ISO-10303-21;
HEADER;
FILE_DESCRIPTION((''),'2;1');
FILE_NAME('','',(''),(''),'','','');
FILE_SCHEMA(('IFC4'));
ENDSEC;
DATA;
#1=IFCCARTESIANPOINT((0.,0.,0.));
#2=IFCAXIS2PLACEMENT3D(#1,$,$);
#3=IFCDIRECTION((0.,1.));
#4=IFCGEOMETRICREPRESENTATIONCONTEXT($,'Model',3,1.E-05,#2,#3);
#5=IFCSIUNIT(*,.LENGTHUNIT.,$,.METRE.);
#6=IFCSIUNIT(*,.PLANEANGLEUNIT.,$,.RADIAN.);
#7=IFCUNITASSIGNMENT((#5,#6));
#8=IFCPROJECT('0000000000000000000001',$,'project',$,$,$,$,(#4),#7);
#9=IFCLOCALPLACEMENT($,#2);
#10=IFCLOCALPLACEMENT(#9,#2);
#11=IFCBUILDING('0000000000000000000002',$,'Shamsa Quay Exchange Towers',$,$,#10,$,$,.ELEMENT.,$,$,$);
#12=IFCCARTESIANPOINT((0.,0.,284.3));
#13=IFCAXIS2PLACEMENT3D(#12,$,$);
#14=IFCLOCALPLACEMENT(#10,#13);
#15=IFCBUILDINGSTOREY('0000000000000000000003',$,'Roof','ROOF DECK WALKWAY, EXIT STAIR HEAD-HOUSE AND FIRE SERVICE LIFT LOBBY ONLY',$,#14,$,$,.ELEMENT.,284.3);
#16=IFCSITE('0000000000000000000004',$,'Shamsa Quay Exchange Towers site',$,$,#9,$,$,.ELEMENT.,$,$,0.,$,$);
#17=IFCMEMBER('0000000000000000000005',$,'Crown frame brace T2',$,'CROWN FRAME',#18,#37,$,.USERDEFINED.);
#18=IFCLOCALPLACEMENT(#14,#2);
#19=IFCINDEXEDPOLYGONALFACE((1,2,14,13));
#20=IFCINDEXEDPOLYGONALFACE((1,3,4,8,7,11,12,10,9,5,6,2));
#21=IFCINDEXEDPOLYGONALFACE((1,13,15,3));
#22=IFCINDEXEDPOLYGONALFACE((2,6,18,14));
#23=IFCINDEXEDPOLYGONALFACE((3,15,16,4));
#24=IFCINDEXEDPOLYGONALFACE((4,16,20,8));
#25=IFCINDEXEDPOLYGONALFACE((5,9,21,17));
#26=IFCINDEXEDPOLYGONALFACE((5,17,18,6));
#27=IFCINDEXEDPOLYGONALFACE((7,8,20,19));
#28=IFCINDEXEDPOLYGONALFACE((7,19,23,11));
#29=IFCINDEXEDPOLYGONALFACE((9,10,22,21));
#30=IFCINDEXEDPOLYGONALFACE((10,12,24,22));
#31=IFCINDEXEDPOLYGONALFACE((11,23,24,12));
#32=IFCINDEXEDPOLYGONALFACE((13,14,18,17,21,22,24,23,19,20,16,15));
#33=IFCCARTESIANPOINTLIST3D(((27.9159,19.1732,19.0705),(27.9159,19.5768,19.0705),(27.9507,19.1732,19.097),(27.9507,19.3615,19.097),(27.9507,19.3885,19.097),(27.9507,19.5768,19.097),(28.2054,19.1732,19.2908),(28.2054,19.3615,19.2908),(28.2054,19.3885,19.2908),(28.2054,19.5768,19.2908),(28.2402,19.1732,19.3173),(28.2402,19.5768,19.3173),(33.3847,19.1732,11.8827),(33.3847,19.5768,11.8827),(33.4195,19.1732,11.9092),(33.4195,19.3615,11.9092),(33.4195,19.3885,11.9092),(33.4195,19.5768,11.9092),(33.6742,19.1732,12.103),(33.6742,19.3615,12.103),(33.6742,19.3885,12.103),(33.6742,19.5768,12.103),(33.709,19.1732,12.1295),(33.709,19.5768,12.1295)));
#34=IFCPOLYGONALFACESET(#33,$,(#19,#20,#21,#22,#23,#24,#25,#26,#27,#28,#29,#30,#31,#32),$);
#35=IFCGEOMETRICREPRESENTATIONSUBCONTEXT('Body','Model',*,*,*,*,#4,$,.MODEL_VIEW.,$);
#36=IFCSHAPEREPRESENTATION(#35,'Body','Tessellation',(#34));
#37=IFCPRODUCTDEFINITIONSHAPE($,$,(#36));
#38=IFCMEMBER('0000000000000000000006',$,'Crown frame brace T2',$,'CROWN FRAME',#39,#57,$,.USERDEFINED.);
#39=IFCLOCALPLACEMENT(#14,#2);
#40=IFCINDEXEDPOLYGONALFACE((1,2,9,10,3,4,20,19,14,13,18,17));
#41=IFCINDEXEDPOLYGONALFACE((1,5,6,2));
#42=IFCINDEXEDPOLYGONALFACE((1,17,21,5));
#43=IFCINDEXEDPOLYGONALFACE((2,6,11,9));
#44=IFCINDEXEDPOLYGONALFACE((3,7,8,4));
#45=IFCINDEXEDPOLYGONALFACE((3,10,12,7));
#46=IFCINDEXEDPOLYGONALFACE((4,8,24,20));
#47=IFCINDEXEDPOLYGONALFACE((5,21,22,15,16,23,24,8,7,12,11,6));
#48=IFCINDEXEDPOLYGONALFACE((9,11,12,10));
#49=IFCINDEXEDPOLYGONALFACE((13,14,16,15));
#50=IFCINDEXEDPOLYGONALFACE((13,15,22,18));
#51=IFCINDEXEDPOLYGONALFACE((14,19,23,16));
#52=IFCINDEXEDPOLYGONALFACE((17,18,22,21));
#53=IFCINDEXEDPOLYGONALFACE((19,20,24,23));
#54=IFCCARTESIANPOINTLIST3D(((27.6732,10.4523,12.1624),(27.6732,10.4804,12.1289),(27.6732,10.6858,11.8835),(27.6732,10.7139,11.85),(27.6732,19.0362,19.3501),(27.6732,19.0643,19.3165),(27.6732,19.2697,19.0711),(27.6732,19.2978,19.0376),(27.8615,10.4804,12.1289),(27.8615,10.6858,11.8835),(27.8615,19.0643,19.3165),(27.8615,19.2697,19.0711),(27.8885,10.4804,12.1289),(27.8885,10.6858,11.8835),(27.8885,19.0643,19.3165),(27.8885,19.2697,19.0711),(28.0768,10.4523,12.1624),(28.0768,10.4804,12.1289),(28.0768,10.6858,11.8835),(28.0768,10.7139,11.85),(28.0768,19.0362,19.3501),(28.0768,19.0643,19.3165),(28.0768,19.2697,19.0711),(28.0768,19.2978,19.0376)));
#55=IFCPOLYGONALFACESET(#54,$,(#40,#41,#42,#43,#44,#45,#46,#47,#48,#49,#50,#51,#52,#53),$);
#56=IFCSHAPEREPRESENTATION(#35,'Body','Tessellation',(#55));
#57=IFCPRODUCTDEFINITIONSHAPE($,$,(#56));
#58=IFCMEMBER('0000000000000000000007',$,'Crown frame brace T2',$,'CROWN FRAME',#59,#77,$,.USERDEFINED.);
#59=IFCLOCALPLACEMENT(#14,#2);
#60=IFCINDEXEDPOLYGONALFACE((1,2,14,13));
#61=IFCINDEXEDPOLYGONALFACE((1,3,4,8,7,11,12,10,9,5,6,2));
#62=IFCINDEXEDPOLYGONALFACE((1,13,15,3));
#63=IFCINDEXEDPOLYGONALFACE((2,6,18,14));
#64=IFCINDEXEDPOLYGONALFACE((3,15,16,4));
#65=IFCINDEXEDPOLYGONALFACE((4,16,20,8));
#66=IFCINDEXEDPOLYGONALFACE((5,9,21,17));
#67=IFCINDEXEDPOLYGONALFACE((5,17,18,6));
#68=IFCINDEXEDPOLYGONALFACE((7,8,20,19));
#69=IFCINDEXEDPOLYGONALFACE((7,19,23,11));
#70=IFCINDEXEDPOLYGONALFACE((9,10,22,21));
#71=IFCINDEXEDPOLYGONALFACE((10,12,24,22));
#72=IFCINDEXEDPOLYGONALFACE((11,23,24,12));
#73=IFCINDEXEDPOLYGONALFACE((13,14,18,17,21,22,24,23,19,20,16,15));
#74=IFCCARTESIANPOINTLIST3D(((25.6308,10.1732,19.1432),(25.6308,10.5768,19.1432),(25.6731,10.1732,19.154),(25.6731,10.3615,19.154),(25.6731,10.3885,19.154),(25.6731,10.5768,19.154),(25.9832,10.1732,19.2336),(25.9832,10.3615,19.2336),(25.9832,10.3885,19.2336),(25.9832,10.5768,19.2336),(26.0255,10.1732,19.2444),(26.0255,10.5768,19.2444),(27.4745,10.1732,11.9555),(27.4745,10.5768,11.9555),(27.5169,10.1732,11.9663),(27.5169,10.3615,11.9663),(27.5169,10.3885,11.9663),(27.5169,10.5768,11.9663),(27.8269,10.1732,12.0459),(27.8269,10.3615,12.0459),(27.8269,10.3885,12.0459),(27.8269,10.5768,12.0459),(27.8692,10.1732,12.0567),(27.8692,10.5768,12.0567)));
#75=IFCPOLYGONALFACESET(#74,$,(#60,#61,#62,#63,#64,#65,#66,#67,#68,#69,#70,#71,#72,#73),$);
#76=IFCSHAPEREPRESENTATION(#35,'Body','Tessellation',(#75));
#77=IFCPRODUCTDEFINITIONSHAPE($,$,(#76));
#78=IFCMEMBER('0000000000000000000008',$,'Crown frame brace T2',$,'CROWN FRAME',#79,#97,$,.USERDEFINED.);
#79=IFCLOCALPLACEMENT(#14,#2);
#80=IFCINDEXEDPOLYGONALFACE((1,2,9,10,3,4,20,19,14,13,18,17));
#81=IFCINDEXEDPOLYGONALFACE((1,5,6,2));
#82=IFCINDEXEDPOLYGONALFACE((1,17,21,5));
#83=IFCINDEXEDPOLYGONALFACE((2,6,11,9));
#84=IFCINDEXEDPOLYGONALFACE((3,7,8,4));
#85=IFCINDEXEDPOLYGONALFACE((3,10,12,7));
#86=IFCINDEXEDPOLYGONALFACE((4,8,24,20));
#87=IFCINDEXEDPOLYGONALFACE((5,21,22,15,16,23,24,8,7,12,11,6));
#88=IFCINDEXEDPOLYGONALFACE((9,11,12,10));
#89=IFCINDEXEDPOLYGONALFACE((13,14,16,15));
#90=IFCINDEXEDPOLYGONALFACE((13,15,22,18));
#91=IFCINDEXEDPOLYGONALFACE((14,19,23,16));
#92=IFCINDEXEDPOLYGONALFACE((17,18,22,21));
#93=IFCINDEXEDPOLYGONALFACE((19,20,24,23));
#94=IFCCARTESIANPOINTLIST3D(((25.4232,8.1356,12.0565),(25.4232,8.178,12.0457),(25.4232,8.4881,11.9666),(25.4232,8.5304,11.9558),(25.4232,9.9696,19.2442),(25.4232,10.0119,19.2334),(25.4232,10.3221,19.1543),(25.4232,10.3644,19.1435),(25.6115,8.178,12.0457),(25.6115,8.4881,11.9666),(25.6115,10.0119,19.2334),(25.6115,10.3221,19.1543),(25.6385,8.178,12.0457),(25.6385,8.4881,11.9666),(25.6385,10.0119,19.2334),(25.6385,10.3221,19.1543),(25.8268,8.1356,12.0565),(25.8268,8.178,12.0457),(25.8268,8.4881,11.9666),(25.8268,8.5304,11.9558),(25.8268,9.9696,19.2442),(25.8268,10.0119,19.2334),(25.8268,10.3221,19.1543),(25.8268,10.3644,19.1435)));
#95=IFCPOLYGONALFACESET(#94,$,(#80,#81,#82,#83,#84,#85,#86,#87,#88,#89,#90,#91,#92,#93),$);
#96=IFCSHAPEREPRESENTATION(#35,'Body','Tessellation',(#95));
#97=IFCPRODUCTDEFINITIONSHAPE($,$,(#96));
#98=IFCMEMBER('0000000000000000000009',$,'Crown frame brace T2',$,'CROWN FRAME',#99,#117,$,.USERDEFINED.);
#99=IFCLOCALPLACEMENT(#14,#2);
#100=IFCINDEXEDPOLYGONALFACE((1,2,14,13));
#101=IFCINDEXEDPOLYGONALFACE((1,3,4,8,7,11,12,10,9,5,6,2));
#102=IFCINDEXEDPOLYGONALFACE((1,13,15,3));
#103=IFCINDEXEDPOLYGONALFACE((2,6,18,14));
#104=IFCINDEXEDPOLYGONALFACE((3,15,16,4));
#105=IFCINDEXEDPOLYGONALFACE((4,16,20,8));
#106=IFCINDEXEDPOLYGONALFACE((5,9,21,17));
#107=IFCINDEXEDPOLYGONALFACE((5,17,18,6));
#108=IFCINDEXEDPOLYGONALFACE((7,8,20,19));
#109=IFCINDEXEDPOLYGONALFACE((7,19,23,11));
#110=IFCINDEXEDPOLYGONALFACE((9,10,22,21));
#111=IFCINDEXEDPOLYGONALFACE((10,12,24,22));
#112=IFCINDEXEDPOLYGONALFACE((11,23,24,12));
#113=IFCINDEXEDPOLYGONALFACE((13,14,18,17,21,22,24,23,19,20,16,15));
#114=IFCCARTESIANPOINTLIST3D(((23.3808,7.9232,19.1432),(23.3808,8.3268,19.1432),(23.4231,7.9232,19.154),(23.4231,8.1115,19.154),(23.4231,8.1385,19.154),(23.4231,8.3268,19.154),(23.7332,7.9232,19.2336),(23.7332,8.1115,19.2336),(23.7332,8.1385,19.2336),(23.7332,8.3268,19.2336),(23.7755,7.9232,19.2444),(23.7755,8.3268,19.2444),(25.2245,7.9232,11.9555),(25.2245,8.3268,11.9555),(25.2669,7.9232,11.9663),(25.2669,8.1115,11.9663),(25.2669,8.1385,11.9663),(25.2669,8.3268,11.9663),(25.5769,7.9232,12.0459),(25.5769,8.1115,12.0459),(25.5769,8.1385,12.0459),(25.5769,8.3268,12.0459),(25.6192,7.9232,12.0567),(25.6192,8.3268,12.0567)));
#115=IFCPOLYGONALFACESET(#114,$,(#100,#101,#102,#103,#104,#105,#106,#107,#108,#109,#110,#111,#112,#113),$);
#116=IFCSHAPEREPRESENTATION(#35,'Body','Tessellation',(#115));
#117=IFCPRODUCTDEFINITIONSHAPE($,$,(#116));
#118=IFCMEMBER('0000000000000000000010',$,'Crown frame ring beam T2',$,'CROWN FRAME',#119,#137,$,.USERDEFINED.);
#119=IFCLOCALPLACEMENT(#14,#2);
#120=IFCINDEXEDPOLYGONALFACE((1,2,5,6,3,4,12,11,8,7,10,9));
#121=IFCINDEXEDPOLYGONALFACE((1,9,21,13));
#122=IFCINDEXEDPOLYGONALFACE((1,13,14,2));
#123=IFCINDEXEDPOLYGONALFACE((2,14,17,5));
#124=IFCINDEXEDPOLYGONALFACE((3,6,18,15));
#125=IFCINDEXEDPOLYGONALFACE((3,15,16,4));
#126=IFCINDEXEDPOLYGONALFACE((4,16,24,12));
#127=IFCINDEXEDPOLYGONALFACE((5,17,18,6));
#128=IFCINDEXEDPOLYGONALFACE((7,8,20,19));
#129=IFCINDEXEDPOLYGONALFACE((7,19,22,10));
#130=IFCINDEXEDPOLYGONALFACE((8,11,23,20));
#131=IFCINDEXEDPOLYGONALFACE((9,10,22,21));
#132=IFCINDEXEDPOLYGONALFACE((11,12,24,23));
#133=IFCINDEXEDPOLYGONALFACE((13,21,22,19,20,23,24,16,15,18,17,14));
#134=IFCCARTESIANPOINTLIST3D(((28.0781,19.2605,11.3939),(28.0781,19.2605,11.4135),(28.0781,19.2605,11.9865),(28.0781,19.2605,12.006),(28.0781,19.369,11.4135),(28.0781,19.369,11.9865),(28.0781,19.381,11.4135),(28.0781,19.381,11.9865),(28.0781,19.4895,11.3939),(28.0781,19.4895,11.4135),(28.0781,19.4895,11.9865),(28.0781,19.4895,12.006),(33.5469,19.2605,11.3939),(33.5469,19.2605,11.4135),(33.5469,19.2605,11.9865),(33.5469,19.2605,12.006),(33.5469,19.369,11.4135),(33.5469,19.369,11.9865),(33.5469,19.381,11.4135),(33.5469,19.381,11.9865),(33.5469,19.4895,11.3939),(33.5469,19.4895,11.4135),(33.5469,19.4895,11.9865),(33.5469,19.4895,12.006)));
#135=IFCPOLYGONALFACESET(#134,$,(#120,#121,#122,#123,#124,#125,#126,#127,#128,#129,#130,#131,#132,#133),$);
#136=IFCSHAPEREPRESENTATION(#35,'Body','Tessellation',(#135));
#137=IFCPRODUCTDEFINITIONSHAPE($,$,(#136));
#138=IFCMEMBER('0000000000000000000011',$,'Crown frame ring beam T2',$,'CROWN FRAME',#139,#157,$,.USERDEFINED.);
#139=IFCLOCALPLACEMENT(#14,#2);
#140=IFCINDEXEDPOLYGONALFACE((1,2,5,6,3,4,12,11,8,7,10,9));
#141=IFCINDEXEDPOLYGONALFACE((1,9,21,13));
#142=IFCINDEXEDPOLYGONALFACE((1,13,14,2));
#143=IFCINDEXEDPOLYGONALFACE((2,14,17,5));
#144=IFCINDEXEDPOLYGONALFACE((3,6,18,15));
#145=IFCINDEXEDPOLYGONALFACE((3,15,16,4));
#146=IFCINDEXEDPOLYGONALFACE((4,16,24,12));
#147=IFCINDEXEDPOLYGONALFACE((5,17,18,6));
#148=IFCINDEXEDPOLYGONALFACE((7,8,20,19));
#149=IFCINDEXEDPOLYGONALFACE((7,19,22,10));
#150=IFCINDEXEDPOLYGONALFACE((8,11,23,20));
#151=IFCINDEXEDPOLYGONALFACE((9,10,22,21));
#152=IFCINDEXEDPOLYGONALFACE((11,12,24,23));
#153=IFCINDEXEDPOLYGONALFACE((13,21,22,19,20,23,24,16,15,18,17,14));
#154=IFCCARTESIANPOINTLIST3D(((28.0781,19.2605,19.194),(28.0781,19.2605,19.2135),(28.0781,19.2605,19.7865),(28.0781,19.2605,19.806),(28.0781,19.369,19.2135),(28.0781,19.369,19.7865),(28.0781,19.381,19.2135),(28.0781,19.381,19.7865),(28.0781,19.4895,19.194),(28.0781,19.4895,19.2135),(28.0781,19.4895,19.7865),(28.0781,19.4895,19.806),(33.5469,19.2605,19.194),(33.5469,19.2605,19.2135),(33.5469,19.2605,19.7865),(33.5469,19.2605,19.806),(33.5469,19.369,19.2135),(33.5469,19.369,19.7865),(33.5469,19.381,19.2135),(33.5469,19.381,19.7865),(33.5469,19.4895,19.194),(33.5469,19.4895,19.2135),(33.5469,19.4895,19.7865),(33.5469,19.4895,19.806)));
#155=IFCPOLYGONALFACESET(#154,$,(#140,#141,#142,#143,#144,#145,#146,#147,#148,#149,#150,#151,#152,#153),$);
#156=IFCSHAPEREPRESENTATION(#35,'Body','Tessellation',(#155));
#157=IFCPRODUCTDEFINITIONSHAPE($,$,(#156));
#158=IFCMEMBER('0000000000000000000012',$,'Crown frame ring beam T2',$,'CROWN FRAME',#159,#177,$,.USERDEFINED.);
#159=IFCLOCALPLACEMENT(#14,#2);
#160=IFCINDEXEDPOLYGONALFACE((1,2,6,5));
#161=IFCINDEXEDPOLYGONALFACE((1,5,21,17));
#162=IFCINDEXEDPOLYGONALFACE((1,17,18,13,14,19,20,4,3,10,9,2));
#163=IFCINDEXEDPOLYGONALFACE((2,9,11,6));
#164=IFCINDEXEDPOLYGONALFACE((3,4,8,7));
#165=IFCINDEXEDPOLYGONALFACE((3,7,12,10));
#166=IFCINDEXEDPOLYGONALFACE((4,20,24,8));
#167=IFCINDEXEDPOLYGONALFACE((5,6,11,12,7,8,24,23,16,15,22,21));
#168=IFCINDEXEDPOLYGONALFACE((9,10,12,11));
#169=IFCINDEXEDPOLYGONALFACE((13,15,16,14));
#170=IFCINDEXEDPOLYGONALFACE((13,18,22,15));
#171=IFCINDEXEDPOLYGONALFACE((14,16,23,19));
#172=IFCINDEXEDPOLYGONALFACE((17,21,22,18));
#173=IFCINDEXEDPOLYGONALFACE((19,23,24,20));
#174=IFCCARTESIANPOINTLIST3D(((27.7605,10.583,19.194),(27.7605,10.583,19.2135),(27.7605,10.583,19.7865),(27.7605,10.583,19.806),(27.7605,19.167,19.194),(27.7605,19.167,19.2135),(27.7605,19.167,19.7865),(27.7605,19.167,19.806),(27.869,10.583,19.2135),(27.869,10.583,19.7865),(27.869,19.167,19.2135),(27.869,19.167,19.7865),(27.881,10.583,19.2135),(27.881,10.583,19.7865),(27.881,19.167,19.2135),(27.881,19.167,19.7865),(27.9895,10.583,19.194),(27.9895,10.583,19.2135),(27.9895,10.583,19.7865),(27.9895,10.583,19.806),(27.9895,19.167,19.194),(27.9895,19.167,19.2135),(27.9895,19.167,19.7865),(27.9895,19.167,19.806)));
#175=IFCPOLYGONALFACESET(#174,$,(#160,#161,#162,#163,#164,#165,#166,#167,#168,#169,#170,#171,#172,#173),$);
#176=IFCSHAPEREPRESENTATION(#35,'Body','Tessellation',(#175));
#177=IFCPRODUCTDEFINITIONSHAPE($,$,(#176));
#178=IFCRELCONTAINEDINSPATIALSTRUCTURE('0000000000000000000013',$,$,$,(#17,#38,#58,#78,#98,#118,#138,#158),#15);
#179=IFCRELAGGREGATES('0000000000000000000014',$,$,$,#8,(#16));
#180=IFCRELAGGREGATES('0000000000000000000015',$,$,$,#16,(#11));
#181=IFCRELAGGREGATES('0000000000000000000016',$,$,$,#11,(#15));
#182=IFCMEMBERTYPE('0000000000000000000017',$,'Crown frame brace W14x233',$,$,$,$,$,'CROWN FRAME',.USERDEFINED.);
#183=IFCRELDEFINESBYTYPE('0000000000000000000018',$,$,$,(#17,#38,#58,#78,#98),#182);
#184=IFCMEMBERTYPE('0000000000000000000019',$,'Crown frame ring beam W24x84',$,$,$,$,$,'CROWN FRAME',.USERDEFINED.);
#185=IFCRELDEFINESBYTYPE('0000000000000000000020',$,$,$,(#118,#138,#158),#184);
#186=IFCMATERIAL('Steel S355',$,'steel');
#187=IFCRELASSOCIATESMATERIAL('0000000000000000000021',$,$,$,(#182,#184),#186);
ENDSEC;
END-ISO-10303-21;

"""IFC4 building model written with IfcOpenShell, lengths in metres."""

from ifc_helpers import new_model, si_unit, direction, frame, origin, origin_2d, place, context, subcontext, project, spatial, i_section, extrude, material, material_profile, profile_set, type_object, element, save


model = new_model("IFC4")

# Units and contexts
model_context = context("Model", 3, precision=1e-05, world=origin(), true_north=direction((0.0, 1.0)))
body_context = subcontext(model_context, "Body", "Model", "MODEL_VIEW")
ifc_project = project(units=[si_unit("LENGTHUNIT", "METRE"), si_unit("PLANEANGLEUNIT", "RADIAN")], contexts=[model_context])

# Site, building, storey
site_placement = place(None, origin())
site = spatial("IfcSite", under=ifc_project, at=site_placement, Name="Shamsa Quay Exchange Towers site", CompositionType="ELEMENT", RefElevation=0.0)
building_placement = place(site_placement, origin())
building = spatial("IfcBuilding", under=site, at=building_placement, Name="Shamsa Quay Exchange Towers", CompositionType="ELEMENT")
storey_placement = place(building_placement, frame((0.0, 0.0, 284.3)))
storey = spatial("IfcBuildingStorey", under=building, at=storey_placement, Name="Roof", Description="ROOF DECK WALKWAY, EXIT STAIR HEAD-HOUSE AND FIRE SERVICE LIFT LOBBY ONLY", CompositionType="ELEMENT", Elevation=284.3)

# Members
ifc_material_1 = material(Name="Steel S355", Category="steel")
ifc_material_profile_1 = material_profile(ifc_material_1, i_section(OverallWidth=0.4036, OverallDepth=0.4075, WebThickness=0.0271, FlangeThickness=0.0437, at=origin_2d()), Name="W14x233")
ifc_profile_set_1 = profile_set([ifc_material_profile_1], Name="Steel S355")
member_type_1 = type_object("IfcMemberType", Name="Crown frame brace W14x233", ElementType="CROWN FRAME", PredefinedType="USERDEFINED", material=ifc_profile_set_1)
member_1_placement = place(storey_placement, frame((33.5469, 19.375, 12.0061), z_axis=(-0.605509, 0.0, 0.795839), x_axis=(0.0, -1.0, 0.0)))
element("IfcMember", 1, at=member_1_placement, inside=storey, type_object=member_type_1, Name="Crown frame brace T2", ObjectType="CROWN FRAME", PredefinedType="USERDEFINED", context=body_context, shape_type="SweptSolid", body=[
    extrude(i_section(OverallWidth=0.4036, OverallDepth=0.4075, WebThickness=0.0271, FlangeThickness=0.0437, at=origin_2d()), origin(), (0.0, 0.0, 1.0), 9.0317),
])
member_2_placement = place(storey_placement, frame((27.875, 19.167, 19.1938), z_axis=(0.0, -0.766707, -0.641997), x_axis=(1.0, 0.0, 0.0)))
element("IfcMember", 2, at=member_2_placement, inside=storey, type_object=member_type_1, Name="Crown frame brace T2", ObjectType="CROWN FRAME", PredefinedType="USERDEFINED", context=body_context, shape_type="SweptSolid", body=[
    extrude(i_section(OverallWidth=0.4036, OverallDepth=0.4075, WebThickness=0.0271, FlangeThickness=0.0437, at=origin_2d()), origin(), (0.0, 0.0, 1.0), 11.1958),
])
member_3_placement = place(storey_placement, frame((27.6719, 10.375, 12.0061), z_axis=(-0.248469, 0.0, 0.96864), x_axis=(0.0, -1.0, 0.0)))
element("IfcMember", 3, at=member_3_placement, inside=storey, type_object=member_type_1, Name="Crown frame brace T2", ObjectType="CROWN FRAME", PredefinedType="USERDEFINED", context=body_context, shape_type="SweptSolid", body=[
    extrude(i_section(OverallWidth=0.4036, OverallDepth=0.4075, WebThickness=0.0271, FlangeThickness=0.0437, at=origin_2d()), origin(), (0.0, 0.0, 1.0), 7.4204),
])
member_4_placement = place(storey_placement, frame((25.625, 10.167, 19.1938), z_axis=(0.0, -0.247233, -0.968956), x_axis=(1.0, 0.0, 0.0)))
element("IfcMember", 4, at=member_4_placement, inside=storey, type_object=member_type_1, Name="Crown frame brace T2", ObjectType="CROWN FRAME", PredefinedType="USERDEFINED", context=body_context, shape_type="SweptSolid", body=[
    extrude(i_section(OverallWidth=0.4036, OverallDepth=0.4075, WebThickness=0.0271, FlangeThickness=0.0437, at=origin_2d()), origin(), (0.0, 0.0, 1.0), 7.418),
])
member_5_placement = place(storey_placement, frame((25.4219, 8.125, 12.0061), z_axis=(-0.248469, 0.0, 0.96864), x_axis=(0.0, -1.0, 0.0)))
element("IfcMember", 5, at=member_5_placement, inside=storey, type_object=member_type_1, Name="Crown frame brace T2", ObjectType="CROWN FRAME", PredefinedType="USERDEFINED", context=body_context, shape_type="SweptSolid", body=[
    extrude(i_section(OverallWidth=0.4036, OverallDepth=0.4075, WebThickness=0.0271, FlangeThickness=0.0437, at=origin_2d()), origin(), (0.0, 0.0, 1.0), 7.4204),
])
ifc_material_profile_2 = material_profile(ifc_material_1, i_section(OverallWidth=0.229, OverallDepth=0.6121, WebThickness=0.012, FlangeThickness=0.0195, at=origin_2d()), Name="W24x84")
ifc_profile_set_2 = profile_set([ifc_material_profile_2], Name="Steel S355")
member_type_2 = type_object("IfcMemberType", Name="Crown frame ring beam W24x84", ElementType="CROWN FRAME", PredefinedType="USERDEFINED", material=ifc_profile_set_2)
for number, where, z_axis, x_axis, name in (
    (6, (33.5469, 19.375, 11.7), (-1.0, 0.0, 0.0), (0.0, -1.0, 0.0), "Crown frame ring beam T2"),
    (7, (33.5469, 19.375, 19.5), (-1.0, 0.0, 0.0), (0.0, -1.0, 0.0), "Crown frame ring beam T2"),
):
    element("IfcMember", number, at=place(storey_placement, frame(where, z_axis=z_axis, x_axis=x_axis)), inside=storey, type_object=member_type_2, Name=name, ObjectType="CROWN FRAME", PredefinedType="USERDEFINED", context=body_context, shape_type="SweptSolid", body=[
        extrude(i_section(OverallWidth=0.229, OverallDepth=0.6121, WebThickness=0.012, FlangeThickness=0.0195, at=origin_2d()), origin(), (0.0, 0.0, 1.0), 5.4688),
    ])
member_6_placement = place(storey_placement, frame((27.875, 19.167, 19.5), z_axis=(0.0, -1.0, 0.0), x_axis=(1.0, 0.0, 0.0)))
element("IfcMember", 8, at=member_6_placement, inside=storey, type_object=member_type_2, Name="Crown frame ring beam T2", ObjectType="CROWN FRAME", PredefinedType="USERDEFINED", context=body_context, shape_type="SweptSolid", body=[
    extrude(i_section(OverallWidth=0.229, OverallDepth=0.6121, WebThickness=0.012, FlangeThickness=0.0195, at=origin_2d()), origin(), (0.0, 0.0, 1.0), 8.584),
])

save(model, "model.ifc")
